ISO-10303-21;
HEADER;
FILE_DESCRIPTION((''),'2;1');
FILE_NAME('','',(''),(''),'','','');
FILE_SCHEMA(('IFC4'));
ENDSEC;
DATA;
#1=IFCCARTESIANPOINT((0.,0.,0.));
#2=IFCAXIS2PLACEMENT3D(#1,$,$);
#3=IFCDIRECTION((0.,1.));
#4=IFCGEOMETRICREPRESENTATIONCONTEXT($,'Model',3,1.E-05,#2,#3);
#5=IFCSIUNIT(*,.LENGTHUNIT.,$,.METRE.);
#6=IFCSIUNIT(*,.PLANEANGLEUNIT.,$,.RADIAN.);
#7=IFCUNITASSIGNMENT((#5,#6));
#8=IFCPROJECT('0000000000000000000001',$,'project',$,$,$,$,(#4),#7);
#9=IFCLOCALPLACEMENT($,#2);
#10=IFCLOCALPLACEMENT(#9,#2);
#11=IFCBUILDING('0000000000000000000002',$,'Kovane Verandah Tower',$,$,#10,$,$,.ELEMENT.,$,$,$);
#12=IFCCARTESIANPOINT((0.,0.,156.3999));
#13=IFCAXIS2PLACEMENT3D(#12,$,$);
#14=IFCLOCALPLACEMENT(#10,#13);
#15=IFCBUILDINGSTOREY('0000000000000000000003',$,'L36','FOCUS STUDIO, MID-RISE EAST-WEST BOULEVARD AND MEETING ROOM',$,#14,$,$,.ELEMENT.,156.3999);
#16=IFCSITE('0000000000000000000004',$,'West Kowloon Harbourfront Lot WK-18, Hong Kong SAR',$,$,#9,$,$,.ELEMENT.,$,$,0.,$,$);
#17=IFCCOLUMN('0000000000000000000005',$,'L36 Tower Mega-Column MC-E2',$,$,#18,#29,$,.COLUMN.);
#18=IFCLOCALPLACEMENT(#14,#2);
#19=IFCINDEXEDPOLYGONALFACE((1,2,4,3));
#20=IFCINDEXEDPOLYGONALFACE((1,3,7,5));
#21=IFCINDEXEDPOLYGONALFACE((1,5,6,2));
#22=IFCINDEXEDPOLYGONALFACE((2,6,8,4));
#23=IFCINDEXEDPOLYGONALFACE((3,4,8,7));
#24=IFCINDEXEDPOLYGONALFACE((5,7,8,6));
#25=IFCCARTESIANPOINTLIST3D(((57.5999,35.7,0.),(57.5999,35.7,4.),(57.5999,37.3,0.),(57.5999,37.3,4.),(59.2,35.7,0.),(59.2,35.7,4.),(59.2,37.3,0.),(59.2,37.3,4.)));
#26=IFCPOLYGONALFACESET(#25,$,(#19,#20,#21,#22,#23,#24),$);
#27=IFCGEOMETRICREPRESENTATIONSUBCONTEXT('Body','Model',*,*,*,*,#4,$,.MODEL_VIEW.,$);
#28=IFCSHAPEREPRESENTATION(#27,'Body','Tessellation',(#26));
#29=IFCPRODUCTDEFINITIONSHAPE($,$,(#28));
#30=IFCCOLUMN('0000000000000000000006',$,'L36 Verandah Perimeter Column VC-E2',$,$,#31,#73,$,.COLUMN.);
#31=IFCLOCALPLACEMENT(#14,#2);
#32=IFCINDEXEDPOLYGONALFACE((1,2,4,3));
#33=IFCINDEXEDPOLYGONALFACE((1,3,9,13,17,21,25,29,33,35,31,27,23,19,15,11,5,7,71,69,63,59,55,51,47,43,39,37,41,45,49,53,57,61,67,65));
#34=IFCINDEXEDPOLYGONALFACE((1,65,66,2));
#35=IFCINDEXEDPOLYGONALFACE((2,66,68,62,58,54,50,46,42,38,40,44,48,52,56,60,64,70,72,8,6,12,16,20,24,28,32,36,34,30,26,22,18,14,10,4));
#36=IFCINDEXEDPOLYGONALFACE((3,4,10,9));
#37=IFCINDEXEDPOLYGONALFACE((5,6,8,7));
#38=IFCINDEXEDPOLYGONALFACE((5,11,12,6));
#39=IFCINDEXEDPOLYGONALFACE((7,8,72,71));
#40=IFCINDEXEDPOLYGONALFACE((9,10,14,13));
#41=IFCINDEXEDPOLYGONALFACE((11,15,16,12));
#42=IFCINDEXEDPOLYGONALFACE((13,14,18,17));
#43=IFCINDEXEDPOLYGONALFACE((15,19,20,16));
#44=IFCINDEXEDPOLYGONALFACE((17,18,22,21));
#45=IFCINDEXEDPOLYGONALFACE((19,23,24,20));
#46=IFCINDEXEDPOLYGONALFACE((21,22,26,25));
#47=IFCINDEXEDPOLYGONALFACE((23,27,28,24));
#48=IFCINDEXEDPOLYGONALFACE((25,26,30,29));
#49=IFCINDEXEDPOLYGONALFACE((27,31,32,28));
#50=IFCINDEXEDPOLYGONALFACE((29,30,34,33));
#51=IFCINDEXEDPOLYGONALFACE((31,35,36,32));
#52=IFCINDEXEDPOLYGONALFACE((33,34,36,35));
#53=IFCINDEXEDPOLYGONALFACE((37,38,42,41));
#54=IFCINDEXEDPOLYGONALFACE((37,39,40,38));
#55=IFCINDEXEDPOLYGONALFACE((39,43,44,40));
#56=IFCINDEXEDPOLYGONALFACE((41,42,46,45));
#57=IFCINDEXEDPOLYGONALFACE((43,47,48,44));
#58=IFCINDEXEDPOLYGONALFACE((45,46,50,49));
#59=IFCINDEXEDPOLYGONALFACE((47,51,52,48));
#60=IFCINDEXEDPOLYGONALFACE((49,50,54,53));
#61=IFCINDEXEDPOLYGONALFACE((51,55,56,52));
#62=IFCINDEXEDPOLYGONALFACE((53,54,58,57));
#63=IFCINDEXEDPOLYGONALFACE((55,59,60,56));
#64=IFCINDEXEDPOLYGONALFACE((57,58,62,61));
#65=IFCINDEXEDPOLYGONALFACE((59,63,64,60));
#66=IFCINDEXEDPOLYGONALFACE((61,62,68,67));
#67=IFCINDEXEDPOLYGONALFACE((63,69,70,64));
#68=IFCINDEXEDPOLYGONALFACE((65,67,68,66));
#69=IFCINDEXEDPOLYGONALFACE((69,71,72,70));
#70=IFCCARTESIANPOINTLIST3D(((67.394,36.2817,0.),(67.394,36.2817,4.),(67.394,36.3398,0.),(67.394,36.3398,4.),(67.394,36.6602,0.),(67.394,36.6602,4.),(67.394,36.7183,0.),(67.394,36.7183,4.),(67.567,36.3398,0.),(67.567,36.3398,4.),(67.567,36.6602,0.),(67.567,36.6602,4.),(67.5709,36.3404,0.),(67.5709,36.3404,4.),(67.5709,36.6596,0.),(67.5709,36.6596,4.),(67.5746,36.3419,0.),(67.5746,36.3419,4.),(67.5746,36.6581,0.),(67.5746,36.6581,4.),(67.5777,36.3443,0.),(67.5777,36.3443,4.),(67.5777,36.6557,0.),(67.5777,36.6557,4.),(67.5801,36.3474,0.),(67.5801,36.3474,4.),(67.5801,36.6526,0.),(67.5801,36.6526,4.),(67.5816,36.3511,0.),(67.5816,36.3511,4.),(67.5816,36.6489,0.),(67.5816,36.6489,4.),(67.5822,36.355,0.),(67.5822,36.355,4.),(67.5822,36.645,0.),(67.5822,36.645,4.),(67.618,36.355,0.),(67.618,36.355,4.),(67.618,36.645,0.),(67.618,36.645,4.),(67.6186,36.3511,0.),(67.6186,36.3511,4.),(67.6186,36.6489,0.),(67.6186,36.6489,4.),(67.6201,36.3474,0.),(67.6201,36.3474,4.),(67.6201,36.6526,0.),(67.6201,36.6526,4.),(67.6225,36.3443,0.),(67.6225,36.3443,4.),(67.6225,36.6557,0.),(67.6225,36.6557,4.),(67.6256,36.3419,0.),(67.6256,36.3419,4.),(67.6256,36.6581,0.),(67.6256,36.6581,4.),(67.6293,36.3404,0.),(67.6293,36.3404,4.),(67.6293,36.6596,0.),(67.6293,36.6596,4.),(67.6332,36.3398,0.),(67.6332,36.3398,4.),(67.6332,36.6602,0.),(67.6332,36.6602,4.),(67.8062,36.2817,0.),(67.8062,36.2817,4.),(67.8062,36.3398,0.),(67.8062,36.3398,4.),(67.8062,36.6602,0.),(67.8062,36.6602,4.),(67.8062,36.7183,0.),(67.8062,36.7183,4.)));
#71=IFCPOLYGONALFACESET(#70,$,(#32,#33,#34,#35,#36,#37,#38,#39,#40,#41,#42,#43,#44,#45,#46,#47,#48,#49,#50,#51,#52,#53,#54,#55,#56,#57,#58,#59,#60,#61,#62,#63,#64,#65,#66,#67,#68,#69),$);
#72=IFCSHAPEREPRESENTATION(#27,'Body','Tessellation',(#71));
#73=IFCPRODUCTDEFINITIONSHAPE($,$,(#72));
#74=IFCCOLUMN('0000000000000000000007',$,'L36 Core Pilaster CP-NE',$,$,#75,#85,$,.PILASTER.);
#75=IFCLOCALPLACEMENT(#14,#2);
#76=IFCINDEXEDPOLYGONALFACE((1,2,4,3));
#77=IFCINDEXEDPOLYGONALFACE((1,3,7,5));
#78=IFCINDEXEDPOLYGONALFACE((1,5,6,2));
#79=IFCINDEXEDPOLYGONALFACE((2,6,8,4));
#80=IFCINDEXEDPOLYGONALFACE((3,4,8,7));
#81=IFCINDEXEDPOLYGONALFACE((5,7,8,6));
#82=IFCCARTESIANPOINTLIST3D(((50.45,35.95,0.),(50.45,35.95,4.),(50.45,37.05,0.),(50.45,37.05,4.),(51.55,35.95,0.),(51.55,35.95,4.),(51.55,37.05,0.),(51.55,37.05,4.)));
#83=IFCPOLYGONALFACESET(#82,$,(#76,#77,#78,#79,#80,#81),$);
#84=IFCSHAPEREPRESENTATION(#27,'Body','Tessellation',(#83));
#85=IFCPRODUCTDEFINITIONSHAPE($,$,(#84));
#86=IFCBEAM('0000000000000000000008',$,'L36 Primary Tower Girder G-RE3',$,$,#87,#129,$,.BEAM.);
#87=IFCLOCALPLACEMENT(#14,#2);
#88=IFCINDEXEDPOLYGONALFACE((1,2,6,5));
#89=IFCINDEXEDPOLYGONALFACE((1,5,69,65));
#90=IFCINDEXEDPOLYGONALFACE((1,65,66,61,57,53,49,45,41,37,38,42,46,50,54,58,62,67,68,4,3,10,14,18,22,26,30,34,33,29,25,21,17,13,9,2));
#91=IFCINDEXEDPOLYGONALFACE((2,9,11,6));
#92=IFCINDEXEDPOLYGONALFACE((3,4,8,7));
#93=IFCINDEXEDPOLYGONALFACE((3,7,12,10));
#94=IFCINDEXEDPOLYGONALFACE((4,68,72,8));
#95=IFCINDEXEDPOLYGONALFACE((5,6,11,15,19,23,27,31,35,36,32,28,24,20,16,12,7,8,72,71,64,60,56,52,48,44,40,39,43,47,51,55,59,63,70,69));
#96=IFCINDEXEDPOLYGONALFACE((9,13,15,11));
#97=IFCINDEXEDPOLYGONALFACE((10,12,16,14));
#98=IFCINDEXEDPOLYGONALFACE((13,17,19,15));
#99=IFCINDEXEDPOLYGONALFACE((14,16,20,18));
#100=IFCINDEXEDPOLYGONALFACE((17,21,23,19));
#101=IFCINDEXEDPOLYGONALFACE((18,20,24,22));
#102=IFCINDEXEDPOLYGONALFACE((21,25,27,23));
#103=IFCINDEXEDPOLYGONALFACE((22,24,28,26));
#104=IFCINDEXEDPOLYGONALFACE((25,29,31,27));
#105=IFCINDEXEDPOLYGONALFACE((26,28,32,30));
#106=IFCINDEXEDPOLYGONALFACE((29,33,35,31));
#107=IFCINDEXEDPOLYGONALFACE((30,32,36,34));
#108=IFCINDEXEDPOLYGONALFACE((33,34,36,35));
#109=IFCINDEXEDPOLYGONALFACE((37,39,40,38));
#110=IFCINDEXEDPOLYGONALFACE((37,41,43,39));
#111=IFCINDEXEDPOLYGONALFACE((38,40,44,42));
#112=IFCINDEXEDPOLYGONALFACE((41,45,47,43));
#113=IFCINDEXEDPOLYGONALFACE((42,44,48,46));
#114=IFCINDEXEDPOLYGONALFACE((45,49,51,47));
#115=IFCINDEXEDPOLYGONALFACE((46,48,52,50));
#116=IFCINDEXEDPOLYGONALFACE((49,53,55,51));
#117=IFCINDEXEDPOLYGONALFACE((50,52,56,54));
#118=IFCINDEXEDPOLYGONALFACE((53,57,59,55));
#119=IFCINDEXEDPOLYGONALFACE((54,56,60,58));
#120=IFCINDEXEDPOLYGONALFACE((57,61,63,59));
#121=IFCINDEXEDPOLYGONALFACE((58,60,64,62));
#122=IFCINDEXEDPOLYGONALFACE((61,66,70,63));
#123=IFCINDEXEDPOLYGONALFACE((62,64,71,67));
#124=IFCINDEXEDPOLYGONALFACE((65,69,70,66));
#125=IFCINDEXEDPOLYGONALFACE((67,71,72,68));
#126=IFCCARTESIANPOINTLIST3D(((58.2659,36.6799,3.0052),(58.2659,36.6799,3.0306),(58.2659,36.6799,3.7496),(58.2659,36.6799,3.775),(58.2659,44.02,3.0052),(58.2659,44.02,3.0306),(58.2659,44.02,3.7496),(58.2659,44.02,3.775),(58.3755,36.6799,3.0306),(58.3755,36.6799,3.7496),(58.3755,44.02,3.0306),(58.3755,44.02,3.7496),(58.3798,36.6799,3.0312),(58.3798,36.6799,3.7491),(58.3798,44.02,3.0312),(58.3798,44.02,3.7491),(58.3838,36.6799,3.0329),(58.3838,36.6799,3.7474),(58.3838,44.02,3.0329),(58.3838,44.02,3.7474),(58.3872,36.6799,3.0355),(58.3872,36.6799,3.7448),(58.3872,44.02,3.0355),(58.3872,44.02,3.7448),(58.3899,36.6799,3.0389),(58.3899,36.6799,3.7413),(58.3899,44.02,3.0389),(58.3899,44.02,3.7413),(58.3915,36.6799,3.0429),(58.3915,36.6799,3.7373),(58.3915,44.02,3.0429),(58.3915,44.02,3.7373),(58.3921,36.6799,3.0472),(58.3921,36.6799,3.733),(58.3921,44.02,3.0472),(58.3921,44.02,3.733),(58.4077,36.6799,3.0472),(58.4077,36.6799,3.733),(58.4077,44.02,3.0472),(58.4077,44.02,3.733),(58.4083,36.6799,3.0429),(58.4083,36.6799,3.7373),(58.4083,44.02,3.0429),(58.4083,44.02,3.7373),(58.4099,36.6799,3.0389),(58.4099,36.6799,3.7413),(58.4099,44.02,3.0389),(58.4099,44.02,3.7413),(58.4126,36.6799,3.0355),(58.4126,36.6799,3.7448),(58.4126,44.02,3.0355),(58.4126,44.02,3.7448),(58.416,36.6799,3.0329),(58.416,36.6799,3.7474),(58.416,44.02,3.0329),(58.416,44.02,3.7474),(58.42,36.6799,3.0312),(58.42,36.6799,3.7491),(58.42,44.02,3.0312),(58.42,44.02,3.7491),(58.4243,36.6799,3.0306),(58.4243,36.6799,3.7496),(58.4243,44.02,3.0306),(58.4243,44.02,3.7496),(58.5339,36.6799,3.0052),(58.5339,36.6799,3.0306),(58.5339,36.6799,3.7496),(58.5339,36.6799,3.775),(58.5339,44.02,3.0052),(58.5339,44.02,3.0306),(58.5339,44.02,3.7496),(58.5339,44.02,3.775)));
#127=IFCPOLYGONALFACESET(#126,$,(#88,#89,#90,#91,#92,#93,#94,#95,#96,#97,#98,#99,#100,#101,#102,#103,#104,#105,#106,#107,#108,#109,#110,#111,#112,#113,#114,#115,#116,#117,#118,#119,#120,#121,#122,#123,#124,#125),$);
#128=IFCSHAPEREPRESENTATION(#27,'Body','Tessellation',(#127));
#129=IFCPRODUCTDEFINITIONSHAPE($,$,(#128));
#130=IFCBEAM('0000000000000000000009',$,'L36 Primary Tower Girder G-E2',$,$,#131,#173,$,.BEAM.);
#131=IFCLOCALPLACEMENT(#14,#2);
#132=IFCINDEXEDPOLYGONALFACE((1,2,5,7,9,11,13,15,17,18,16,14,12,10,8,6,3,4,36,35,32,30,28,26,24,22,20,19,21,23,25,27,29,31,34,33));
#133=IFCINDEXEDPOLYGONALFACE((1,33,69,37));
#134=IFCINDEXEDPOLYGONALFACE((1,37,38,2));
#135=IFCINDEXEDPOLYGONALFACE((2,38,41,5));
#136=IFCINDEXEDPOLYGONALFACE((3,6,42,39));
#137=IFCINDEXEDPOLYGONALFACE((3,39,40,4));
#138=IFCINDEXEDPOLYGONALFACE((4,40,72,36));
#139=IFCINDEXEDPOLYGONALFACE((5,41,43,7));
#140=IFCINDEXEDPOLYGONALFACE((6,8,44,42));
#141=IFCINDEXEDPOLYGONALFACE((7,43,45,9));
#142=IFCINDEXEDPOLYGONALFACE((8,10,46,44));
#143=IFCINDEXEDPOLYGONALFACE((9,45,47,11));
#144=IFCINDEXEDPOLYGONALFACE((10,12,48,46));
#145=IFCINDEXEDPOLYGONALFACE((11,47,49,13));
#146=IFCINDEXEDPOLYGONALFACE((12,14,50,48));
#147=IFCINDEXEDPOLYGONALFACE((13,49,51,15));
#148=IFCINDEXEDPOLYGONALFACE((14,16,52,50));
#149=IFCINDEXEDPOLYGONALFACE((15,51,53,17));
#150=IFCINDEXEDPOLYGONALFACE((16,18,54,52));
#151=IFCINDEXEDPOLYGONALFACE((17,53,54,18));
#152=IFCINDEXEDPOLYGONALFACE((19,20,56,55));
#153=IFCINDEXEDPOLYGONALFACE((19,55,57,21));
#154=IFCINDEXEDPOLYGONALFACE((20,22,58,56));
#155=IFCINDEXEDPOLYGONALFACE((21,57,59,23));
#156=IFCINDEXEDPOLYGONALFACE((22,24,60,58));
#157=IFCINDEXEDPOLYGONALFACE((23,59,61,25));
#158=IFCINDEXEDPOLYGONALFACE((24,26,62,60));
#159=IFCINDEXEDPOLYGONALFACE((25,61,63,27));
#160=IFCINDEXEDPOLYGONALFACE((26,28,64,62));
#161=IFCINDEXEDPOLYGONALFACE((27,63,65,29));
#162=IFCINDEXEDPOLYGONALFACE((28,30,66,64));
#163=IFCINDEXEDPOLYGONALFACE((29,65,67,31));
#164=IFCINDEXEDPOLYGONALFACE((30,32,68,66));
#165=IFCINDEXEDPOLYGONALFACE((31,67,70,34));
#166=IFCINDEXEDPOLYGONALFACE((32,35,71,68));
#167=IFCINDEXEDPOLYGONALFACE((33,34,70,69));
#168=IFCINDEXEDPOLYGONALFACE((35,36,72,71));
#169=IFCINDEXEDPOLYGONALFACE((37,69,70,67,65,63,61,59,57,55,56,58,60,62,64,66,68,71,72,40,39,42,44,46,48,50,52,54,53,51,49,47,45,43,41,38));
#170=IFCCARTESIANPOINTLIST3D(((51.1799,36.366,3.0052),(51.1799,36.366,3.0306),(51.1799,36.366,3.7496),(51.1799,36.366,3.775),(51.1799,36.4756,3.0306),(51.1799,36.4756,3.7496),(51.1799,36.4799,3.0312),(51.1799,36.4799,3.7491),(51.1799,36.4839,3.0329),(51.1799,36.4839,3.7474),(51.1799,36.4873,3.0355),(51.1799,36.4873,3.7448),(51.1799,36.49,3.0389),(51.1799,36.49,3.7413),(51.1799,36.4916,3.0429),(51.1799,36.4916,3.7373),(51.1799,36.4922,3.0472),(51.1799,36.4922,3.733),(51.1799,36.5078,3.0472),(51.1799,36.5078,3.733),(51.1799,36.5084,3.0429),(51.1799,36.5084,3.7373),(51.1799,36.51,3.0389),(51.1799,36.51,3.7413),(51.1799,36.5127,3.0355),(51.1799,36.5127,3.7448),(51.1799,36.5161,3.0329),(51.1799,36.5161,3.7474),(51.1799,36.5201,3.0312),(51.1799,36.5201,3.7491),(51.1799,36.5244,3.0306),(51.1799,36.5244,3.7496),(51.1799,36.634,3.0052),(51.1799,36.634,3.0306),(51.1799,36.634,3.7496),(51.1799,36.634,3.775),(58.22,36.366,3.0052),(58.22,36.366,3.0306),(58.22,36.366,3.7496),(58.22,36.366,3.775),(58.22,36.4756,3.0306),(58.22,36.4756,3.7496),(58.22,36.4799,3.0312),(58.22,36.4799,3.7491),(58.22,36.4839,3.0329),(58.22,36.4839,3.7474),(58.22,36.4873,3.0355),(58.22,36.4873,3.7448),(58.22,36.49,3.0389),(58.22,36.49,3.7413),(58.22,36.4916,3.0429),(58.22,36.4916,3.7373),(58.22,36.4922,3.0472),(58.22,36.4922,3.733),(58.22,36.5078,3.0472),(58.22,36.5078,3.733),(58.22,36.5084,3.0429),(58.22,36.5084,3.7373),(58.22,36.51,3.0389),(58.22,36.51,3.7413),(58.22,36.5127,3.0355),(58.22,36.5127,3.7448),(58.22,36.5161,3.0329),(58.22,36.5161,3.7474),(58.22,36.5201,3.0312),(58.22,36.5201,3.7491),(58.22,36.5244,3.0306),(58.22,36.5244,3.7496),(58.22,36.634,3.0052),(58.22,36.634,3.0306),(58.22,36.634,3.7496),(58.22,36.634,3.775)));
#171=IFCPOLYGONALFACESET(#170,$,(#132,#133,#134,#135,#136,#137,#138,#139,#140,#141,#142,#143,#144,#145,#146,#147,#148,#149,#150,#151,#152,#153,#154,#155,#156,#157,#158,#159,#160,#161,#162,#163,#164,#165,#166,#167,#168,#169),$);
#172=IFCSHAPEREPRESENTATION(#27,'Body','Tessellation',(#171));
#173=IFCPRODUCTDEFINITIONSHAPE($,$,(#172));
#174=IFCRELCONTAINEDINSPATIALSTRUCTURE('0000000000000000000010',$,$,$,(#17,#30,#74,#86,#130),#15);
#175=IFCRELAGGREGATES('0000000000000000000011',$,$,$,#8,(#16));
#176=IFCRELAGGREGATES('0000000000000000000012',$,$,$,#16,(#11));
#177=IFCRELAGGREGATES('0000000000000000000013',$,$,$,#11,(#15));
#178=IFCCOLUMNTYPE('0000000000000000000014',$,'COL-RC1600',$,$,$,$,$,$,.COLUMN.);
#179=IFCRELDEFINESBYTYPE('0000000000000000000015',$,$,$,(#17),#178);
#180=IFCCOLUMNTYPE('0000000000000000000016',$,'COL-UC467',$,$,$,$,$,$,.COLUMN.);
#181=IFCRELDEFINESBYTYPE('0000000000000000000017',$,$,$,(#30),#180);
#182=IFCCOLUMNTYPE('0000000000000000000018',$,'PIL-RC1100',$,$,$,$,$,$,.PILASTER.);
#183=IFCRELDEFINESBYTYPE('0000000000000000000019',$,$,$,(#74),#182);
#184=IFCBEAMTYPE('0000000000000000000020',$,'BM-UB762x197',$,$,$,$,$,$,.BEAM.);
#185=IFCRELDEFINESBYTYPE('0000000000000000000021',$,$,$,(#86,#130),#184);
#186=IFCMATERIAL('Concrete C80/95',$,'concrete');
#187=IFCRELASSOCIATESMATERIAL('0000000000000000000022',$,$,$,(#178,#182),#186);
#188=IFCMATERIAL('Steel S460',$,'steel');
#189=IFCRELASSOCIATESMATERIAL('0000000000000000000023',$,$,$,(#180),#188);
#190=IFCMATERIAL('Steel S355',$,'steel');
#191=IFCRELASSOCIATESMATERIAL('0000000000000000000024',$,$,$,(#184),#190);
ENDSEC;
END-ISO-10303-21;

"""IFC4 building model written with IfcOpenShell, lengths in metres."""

from ifc_helpers import new_model, si_unit, direction, frame, origin, origin_2d, place, context, subcontext, project, spatial, rectangle, i_section, extrude, material, material_profile, profile_set, type_object, element, save


model = new_model("IFC4")

# Units and contexts
model_context = context("Model", 3, precision=1e-05, world=origin(), true_north=direction((0.0, 1.0)))
body_context = subcontext(model_context, "Body", "Model", "MODEL_VIEW")
ifc_project = project(units=[si_unit("LENGTHUNIT", "METRE"), si_unit("PLANEANGLEUNIT", "RADIAN")], contexts=[model_context])

# Site, building, storey
site_placement = place(None, origin())
site = spatial("IfcSite", under=ifc_project, at=site_placement, Name="West Kowloon Harbourfront Lot WK-18, Hong Kong SAR", CompositionType="ELEMENT", RefElevation=0.0)
building_placement = place(site_placement, origin())
building = spatial("IfcBuilding", under=site, at=building_placement, Name="Kovane Verandah Tower", CompositionType="ELEMENT")
storey_placement = place(building_placement, frame((0.0, 0.0, 156.3999)))
storey = spatial("IfcBuildingStorey", under=building, at=storey_placement, Name="L36", Description="FOCUS STUDIO, MID-RISE EAST-WEST BOULEVARD AND MEETING ROOM", CompositionType="ELEMENT", Elevation=156.3999)

# Columns
ifc_material_1 = material(Name="Concrete C80/95", Category="concrete")
ifc_material_profile_1 = material_profile(ifc_material_1, rectangle(XDim=1.6001, YDim=1.6001, at=origin_2d()), Name="RC1600x1600")
ifc_profile_set_1 = profile_set([ifc_material_profile_1], Name="Concrete C80/95")
column_type_1 = type_object("IfcColumnType", Name="COL-RC1600", PredefinedType="COLUMN", material=ifc_profile_set_1)
column_1_placement = place(storey_placement, frame((58.3999, 36.5, 0.0), z_axis=(0.0, 0.0, 1.0), x_axis=(1.0, 0.0, 0.0)))
element("IfcColumn", 1, at=column_1_placement, inside=storey, type_object=column_type_1, Name="L36 Tower Mega-Column MC-E2", PredefinedType="COLUMN", context=body_context, shape_type="SweptSolid", body=[
    extrude(rectangle(XDim=1.6001, YDim=1.6001, at=origin_2d()), origin(), (0.0, 0.0, 1.0), 4.0),
])
ifc_material_2 = material(Name="Steel S460", Category="steel")
ifc_material_profile_2 = material_profile(ifc_material_2, i_section(OverallWidth=0.4121, OverallDepth=0.4365, WebThickness=0.0359, FlangeThickness=0.0581, FilletRadius=0.0151, at=origin_2d()), Name="UC356x406x467")
ifc_profile_set_2 = profile_set([ifc_material_profile_2], Name="Steel S460")
column_type_2 = type_object("IfcColumnType", Name="COL-UC467", PredefinedType="COLUMN", material=ifc_profile_set_2)
column_2_placement = place(storey_placement, frame((67.6001, 36.5, 0.0), z_axis=(0.0, 0.0, 1.0), x_axis=(1.0, 0.0, 0.0)))
element("IfcColumn", 2, at=column_2_placement, inside=storey, type_object=column_type_2, Name="L36 Verandah Perimeter Column VC-E2", PredefinedType="COLUMN", context=body_context, shape_type="SweptSolid", body=[
    extrude(i_section(OverallWidth=0.4121, OverallDepth=0.4365, WebThickness=0.0359, FlangeThickness=0.0581, FilletRadius=0.0151, at=origin_2d()), origin(), (0.0, 0.0, 1.0), 4.0),
])
ifc_material_profile_3 = material_profile(ifc_material_1, rectangle(XDim=1.1001, YDim=1.1001, at=origin_2d()), Name="RC1100x1100")
ifc_profile_set_3 = profile_set([ifc_material_profile_3], Name="Concrete C80/95")
column_type_3 = type_object("IfcColumnType", Name="PIL-RC1100", PredefinedType="PILASTER", material=ifc_profile_set_3)
column_3_placement = place(storey_placement, frame((51.0, 36.5, 0.0), z_axis=(0.0, 0.0, 1.0), x_axis=(1.0, 0.0, 0.0)))
element("IfcColumn", 3, at=column_3_placement, inside=storey, type_object=column_type_3, Name="L36 Core Pilaster CP-NE", PredefinedType="PILASTER", context=body_context, shape_type="SweptSolid", body=[
    extrude(rectangle(XDim=1.1001, YDim=1.1001, at=origin_2d()), origin(), (0.0, 0.0, 1.0), 4.0),
])

# Beams
ifc_material_3 = material(Name="Steel S355", Category="steel")
ifc_material_profile_4 = material_profile(ifc_material_3, i_section(OverallWidth=0.2681, OverallDepth=0.7698, WebThickness=0.0156, FlangeThickness=0.0254, FilletRadius=0.0166, at=origin_2d()), Name="UB762x267x197")
ifc_profile_set_4 = profile_set([ifc_material_profile_4], Name="Steel S355")
beam_type_1 = type_object("IfcBeamType", Name="BM-UB762x197", PredefinedType="BEAM", material=ifc_profile_set_4)
beam_1_placement = place(storey_placement, frame((58.3999, 36.6799, 3.3901), z_axis=(0.0, 1.0, 0.0), x_axis=(-1.0, 0.0, 0.0)))
element("IfcBeam", 4, at=beam_1_placement, inside=storey, type_object=beam_type_1, Name="L36 Primary Tower Girder G-RE3", PredefinedType="BEAM", context=body_context, shape_type="SweptSolid", body=[
    extrude(i_section(OverallWidth=0.2681, OverallDepth=0.7698, WebThickness=0.0156, FlangeThickness=0.0254, FilletRadius=0.0166, at=origin_2d()), origin(), (0.0, 0.0, 1.0), 7.3401),
])
beam_2_placement = place(storey_placement, frame((51.1799, 36.5, 3.3901), z_axis=(1.0, 0.0, 0.0), x_axis=(0.0, 1.0, 0.0)))
element("IfcBeam", 5, at=beam_2_placement, inside=storey, type_object=beam_type_1, Name="L36 Primary Tower Girder G-E2", PredefinedType="BEAM", context=body_context, shape_type="SweptSolid", body=[
    extrude(i_section(OverallWidth=0.2681, OverallDepth=0.7698, WebThickness=0.0156, FlangeThickness=0.0254, FilletRadius=0.0166, at=origin_2d()), origin(), (0.0, 0.0, 1.0), 7.04),
])

save(model, "model.ifc")
